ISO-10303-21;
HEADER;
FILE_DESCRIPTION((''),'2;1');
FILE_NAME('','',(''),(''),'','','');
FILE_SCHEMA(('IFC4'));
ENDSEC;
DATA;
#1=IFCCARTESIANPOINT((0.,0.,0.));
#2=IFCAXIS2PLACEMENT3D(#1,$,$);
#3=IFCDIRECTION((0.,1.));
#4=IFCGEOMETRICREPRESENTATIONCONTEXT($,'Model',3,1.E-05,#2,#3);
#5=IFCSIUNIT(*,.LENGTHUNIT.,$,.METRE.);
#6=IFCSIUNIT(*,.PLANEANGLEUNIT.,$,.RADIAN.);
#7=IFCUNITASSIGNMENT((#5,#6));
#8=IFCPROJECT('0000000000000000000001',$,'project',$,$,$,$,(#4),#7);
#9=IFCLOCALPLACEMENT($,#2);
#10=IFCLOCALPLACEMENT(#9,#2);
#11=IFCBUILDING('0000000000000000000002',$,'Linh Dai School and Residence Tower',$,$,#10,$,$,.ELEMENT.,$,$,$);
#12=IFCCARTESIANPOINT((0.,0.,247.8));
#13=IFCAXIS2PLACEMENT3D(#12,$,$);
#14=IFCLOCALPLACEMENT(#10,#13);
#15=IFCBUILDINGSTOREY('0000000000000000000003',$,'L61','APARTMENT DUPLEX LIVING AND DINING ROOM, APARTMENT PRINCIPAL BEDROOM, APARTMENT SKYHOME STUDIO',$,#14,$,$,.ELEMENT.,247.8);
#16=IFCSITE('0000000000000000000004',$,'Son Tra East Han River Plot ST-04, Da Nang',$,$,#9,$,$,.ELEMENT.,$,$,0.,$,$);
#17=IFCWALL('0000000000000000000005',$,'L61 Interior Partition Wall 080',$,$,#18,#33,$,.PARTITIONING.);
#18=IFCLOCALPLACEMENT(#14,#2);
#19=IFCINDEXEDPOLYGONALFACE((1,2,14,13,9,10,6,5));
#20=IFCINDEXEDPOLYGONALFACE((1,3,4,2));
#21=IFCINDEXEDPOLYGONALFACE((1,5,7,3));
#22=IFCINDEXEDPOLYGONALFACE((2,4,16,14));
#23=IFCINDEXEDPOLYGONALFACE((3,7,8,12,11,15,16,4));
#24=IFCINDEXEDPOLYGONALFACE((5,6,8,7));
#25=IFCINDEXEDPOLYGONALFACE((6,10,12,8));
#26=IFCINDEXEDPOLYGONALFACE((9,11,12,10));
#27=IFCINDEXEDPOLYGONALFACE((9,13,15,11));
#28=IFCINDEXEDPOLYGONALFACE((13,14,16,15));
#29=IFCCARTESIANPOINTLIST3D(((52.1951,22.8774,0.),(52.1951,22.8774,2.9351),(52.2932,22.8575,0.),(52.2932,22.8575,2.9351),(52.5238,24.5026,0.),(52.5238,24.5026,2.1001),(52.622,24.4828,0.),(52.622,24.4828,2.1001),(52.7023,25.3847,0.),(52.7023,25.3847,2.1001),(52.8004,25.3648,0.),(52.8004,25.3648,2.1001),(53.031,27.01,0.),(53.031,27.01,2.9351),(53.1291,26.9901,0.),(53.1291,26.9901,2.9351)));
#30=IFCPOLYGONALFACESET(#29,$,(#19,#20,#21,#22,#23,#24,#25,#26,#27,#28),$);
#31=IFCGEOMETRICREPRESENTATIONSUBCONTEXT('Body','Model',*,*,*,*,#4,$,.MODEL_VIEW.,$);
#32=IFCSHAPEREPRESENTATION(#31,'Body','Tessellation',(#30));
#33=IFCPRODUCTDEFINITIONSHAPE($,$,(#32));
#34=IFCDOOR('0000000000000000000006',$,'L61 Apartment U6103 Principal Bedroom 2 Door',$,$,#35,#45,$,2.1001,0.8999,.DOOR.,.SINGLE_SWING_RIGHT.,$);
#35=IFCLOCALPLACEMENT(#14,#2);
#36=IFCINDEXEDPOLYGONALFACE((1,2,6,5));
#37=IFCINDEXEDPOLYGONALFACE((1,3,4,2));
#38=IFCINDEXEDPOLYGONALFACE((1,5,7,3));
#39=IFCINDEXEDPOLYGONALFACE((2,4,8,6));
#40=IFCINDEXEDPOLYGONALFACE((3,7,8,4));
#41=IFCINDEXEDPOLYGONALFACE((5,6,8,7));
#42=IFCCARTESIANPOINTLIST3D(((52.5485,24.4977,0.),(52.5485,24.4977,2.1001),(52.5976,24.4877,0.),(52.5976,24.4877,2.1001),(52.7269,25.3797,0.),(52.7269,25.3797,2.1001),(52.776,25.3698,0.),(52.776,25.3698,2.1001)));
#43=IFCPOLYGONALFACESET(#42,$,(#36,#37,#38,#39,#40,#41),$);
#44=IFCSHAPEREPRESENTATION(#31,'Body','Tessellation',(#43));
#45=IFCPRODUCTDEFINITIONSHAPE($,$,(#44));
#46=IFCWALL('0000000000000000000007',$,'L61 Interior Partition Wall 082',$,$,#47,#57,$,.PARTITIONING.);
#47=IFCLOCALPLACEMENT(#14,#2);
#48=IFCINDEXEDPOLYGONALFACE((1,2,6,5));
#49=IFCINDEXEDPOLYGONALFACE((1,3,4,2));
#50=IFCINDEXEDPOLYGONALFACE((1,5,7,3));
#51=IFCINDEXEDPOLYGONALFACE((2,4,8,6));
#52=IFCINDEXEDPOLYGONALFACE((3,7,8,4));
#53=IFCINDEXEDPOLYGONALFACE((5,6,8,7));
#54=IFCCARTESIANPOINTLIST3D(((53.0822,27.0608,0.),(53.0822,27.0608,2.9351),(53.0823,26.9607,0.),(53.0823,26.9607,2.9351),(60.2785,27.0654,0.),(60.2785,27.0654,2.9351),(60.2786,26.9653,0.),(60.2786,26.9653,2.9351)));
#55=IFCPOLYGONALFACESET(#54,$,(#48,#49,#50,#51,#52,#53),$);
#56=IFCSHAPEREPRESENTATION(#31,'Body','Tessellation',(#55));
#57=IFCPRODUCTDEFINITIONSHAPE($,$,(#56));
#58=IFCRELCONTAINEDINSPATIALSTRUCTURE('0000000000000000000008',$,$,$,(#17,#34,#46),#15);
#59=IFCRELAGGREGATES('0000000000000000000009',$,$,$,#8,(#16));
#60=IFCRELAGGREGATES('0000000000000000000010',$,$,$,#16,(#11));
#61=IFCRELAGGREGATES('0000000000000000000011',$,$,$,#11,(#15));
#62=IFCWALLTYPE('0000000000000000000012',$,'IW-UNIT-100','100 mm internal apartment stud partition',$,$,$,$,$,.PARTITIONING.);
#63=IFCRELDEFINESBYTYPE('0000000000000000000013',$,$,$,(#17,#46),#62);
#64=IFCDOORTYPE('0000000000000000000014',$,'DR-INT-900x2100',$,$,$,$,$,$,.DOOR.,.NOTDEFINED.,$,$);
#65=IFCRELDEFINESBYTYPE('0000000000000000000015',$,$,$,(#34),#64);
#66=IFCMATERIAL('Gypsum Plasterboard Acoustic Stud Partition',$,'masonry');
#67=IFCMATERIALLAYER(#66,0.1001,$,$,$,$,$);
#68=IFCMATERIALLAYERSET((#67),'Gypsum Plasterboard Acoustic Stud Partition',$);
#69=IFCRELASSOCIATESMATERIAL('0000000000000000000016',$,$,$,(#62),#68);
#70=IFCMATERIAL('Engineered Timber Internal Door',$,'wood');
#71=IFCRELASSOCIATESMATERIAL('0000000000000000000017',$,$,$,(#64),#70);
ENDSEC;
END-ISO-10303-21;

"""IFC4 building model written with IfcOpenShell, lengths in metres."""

from ifc_helpers import new_model, si_unit, direction, frame, frame_2d, origin, origin_2d, place, context, subcontext, project, spatial, rectangle, extrude, source, transform, mapped, material, layer, layer_set, type_object, element, fill, save


model = new_model("IFC4")

# Units and contexts
model_context = context("Model", 3, precision=1e-05, world=origin(), true_north=direction((0.0, 1.0)))
body_context = subcontext(model_context, "Body", "Model", "MODEL_VIEW")
ifc_project = project(units=[si_unit("LENGTHUNIT", "METRE"), si_unit("PLANEANGLEUNIT", "RADIAN")], contexts=[model_context])

# Site, building, storey
site_placement = place(None, origin())
site = spatial("IfcSite", under=ifc_project, at=site_placement, Name="Son Tra East Han River Plot ST-04, Da Nang", CompositionType="ELEMENT", RefElevation=0.0)
building_placement = place(site_placement, origin())
building = spatial("IfcBuilding", under=site, at=building_placement, Name="Linh Dai School and Residence Tower", CompositionType="ELEMENT")
storey_placement = place(building_placement, frame((0.0, 0.0, 247.8)))
storey = spatial("IfcBuildingStorey", under=building, at=storey_placement, Name="L61", Description="APARTMENT DUPLEX LIVING AND DINING ROOM, APARTMENT PRINCIPAL BEDROOM, APARTMENT SKYHOME STUDIO", CompositionType="ELEMENT", Elevation=247.8)

# Shared definitions
ifc_material_1 = material(Name="Gypsum Plasterboard Acoustic Stud Partition", Category="masonry")
ifc_layer_1 = layer(ifc_material_1, 0.1001)
ifc_layer_set_1 = layer_set([ifc_layer_1], Name="Gypsum Plasterboard Acoustic Stud Partition")
wall_type_1 = type_object("IfcWallType", Name="IW-UNIT-100", Description="100 mm internal apartment stud partition", PredefinedType="PARTITIONING", material=ifc_layer_set_1)

# Wall, opening, door
wall_1_placement = place(storey_placement, frame((52.2441, 22.8674, 0.0), z_axis=(0.0, 0.0, 1.0), x_axis=(0.198265, 0.980148, 0.0)))
wall_1 = element("IfcWall", 1, at=wall_1_placement, inside=storey, type_object=wall_type_1, Name="L61 Interior Partition Wall 080", PredefinedType="PARTITIONING", context=body_context, shape_type="SweptSolid", body=[
    extrude(rectangle(XDim=4.2163, YDim=0.1001, at=frame_2d((2.1082, 0.0))), origin(), (0.0, 0.0, 1.0), 2.9351),
])
opening_1_placement = place(wall_1_placement, frame((1.6582, 0.0, 0.0)))
opening_1 = element("IfcOpeningElement", 2, at=opening_1_placement, cuts=wall_1, PredefinedType="OPENING", context=body_context, shape_type="SweptSolid", body=[
    extrude(rectangle(XDim=0.8999, YDim=2.1001, at=origin_2d()), frame((0.45, 0.0601, 1.05), z_axis=(0.0, -1.0, 0.0), x_axis=(1.0, 0.0, 0.0)), (0.0, 0.0, 1.0), 0.1201),
])
ifc_material_2 = material(Name="Engineered Timber Internal Door", Category="wood")
door_type_1 = type_object("IfcDoorType", Name="DR-INT-900x2100", OperationType="NOTDEFINED", PredefinedType="DOOR", material=ifc_material_2)
shared_shape_1 = source(origin(), body_context, "Body", "SweptSolid", [
    extrude(rectangle(XDim=0.8999, YDim=2.1001, at=origin_2d()), frame((0.45, 0.0249, 1.05), z_axis=(0.0, -1.0, 0.0), x_axis=(1.0, 0.0, 0.0)), (0.0, 0.0, 1.0), 0.05),
])
door_1_placement = place(opening_1_placement, origin())
door_1 = element("IfcDoor", 3, at=door_1_placement, inside=storey, type_object=door_type_1, Name="L61 Apartment U6103 Principal Bedroom 2 Door", OperationType="SINGLE_SWING_RIGHT", OverallHeight=2.1001, OverallWidth=0.8999, PredefinedType="DOOR", context=body_context, shape_type="MappedRepresentation", body=[
    mapped(shared_shape_1, transform((0.0, 0.0, 0.0), x_axis=(1.0, 0.0, 0.0), y_axis=(0.0, 1.0, 0.0), z_axis=(0.0, 0.0, 1.0), scale=1.0)),
])
fill(opening_1, door_1)

# Wall
wall_2_placement = place(storey_placement, frame((53.0823, 27.0107, 0.0), z_axis=(0.0, 0.0, 1.0), x_axis=(1.0, 0.000645, 0.0)))
element("IfcWall", 4, at=wall_2_placement, inside=storey, type_object=wall_type_1, Name="L61 Interior Partition Wall 082", PredefinedType="PARTITIONING", context=body_context, shape_type="SweptSolid", body=[
    extrude(rectangle(XDim=7.1963, YDim=0.1001, at=frame_2d((3.5981, 0.0))), origin(), (0.0, 0.0, 1.0), 2.9351),
])

save(model, "model.ifc")
